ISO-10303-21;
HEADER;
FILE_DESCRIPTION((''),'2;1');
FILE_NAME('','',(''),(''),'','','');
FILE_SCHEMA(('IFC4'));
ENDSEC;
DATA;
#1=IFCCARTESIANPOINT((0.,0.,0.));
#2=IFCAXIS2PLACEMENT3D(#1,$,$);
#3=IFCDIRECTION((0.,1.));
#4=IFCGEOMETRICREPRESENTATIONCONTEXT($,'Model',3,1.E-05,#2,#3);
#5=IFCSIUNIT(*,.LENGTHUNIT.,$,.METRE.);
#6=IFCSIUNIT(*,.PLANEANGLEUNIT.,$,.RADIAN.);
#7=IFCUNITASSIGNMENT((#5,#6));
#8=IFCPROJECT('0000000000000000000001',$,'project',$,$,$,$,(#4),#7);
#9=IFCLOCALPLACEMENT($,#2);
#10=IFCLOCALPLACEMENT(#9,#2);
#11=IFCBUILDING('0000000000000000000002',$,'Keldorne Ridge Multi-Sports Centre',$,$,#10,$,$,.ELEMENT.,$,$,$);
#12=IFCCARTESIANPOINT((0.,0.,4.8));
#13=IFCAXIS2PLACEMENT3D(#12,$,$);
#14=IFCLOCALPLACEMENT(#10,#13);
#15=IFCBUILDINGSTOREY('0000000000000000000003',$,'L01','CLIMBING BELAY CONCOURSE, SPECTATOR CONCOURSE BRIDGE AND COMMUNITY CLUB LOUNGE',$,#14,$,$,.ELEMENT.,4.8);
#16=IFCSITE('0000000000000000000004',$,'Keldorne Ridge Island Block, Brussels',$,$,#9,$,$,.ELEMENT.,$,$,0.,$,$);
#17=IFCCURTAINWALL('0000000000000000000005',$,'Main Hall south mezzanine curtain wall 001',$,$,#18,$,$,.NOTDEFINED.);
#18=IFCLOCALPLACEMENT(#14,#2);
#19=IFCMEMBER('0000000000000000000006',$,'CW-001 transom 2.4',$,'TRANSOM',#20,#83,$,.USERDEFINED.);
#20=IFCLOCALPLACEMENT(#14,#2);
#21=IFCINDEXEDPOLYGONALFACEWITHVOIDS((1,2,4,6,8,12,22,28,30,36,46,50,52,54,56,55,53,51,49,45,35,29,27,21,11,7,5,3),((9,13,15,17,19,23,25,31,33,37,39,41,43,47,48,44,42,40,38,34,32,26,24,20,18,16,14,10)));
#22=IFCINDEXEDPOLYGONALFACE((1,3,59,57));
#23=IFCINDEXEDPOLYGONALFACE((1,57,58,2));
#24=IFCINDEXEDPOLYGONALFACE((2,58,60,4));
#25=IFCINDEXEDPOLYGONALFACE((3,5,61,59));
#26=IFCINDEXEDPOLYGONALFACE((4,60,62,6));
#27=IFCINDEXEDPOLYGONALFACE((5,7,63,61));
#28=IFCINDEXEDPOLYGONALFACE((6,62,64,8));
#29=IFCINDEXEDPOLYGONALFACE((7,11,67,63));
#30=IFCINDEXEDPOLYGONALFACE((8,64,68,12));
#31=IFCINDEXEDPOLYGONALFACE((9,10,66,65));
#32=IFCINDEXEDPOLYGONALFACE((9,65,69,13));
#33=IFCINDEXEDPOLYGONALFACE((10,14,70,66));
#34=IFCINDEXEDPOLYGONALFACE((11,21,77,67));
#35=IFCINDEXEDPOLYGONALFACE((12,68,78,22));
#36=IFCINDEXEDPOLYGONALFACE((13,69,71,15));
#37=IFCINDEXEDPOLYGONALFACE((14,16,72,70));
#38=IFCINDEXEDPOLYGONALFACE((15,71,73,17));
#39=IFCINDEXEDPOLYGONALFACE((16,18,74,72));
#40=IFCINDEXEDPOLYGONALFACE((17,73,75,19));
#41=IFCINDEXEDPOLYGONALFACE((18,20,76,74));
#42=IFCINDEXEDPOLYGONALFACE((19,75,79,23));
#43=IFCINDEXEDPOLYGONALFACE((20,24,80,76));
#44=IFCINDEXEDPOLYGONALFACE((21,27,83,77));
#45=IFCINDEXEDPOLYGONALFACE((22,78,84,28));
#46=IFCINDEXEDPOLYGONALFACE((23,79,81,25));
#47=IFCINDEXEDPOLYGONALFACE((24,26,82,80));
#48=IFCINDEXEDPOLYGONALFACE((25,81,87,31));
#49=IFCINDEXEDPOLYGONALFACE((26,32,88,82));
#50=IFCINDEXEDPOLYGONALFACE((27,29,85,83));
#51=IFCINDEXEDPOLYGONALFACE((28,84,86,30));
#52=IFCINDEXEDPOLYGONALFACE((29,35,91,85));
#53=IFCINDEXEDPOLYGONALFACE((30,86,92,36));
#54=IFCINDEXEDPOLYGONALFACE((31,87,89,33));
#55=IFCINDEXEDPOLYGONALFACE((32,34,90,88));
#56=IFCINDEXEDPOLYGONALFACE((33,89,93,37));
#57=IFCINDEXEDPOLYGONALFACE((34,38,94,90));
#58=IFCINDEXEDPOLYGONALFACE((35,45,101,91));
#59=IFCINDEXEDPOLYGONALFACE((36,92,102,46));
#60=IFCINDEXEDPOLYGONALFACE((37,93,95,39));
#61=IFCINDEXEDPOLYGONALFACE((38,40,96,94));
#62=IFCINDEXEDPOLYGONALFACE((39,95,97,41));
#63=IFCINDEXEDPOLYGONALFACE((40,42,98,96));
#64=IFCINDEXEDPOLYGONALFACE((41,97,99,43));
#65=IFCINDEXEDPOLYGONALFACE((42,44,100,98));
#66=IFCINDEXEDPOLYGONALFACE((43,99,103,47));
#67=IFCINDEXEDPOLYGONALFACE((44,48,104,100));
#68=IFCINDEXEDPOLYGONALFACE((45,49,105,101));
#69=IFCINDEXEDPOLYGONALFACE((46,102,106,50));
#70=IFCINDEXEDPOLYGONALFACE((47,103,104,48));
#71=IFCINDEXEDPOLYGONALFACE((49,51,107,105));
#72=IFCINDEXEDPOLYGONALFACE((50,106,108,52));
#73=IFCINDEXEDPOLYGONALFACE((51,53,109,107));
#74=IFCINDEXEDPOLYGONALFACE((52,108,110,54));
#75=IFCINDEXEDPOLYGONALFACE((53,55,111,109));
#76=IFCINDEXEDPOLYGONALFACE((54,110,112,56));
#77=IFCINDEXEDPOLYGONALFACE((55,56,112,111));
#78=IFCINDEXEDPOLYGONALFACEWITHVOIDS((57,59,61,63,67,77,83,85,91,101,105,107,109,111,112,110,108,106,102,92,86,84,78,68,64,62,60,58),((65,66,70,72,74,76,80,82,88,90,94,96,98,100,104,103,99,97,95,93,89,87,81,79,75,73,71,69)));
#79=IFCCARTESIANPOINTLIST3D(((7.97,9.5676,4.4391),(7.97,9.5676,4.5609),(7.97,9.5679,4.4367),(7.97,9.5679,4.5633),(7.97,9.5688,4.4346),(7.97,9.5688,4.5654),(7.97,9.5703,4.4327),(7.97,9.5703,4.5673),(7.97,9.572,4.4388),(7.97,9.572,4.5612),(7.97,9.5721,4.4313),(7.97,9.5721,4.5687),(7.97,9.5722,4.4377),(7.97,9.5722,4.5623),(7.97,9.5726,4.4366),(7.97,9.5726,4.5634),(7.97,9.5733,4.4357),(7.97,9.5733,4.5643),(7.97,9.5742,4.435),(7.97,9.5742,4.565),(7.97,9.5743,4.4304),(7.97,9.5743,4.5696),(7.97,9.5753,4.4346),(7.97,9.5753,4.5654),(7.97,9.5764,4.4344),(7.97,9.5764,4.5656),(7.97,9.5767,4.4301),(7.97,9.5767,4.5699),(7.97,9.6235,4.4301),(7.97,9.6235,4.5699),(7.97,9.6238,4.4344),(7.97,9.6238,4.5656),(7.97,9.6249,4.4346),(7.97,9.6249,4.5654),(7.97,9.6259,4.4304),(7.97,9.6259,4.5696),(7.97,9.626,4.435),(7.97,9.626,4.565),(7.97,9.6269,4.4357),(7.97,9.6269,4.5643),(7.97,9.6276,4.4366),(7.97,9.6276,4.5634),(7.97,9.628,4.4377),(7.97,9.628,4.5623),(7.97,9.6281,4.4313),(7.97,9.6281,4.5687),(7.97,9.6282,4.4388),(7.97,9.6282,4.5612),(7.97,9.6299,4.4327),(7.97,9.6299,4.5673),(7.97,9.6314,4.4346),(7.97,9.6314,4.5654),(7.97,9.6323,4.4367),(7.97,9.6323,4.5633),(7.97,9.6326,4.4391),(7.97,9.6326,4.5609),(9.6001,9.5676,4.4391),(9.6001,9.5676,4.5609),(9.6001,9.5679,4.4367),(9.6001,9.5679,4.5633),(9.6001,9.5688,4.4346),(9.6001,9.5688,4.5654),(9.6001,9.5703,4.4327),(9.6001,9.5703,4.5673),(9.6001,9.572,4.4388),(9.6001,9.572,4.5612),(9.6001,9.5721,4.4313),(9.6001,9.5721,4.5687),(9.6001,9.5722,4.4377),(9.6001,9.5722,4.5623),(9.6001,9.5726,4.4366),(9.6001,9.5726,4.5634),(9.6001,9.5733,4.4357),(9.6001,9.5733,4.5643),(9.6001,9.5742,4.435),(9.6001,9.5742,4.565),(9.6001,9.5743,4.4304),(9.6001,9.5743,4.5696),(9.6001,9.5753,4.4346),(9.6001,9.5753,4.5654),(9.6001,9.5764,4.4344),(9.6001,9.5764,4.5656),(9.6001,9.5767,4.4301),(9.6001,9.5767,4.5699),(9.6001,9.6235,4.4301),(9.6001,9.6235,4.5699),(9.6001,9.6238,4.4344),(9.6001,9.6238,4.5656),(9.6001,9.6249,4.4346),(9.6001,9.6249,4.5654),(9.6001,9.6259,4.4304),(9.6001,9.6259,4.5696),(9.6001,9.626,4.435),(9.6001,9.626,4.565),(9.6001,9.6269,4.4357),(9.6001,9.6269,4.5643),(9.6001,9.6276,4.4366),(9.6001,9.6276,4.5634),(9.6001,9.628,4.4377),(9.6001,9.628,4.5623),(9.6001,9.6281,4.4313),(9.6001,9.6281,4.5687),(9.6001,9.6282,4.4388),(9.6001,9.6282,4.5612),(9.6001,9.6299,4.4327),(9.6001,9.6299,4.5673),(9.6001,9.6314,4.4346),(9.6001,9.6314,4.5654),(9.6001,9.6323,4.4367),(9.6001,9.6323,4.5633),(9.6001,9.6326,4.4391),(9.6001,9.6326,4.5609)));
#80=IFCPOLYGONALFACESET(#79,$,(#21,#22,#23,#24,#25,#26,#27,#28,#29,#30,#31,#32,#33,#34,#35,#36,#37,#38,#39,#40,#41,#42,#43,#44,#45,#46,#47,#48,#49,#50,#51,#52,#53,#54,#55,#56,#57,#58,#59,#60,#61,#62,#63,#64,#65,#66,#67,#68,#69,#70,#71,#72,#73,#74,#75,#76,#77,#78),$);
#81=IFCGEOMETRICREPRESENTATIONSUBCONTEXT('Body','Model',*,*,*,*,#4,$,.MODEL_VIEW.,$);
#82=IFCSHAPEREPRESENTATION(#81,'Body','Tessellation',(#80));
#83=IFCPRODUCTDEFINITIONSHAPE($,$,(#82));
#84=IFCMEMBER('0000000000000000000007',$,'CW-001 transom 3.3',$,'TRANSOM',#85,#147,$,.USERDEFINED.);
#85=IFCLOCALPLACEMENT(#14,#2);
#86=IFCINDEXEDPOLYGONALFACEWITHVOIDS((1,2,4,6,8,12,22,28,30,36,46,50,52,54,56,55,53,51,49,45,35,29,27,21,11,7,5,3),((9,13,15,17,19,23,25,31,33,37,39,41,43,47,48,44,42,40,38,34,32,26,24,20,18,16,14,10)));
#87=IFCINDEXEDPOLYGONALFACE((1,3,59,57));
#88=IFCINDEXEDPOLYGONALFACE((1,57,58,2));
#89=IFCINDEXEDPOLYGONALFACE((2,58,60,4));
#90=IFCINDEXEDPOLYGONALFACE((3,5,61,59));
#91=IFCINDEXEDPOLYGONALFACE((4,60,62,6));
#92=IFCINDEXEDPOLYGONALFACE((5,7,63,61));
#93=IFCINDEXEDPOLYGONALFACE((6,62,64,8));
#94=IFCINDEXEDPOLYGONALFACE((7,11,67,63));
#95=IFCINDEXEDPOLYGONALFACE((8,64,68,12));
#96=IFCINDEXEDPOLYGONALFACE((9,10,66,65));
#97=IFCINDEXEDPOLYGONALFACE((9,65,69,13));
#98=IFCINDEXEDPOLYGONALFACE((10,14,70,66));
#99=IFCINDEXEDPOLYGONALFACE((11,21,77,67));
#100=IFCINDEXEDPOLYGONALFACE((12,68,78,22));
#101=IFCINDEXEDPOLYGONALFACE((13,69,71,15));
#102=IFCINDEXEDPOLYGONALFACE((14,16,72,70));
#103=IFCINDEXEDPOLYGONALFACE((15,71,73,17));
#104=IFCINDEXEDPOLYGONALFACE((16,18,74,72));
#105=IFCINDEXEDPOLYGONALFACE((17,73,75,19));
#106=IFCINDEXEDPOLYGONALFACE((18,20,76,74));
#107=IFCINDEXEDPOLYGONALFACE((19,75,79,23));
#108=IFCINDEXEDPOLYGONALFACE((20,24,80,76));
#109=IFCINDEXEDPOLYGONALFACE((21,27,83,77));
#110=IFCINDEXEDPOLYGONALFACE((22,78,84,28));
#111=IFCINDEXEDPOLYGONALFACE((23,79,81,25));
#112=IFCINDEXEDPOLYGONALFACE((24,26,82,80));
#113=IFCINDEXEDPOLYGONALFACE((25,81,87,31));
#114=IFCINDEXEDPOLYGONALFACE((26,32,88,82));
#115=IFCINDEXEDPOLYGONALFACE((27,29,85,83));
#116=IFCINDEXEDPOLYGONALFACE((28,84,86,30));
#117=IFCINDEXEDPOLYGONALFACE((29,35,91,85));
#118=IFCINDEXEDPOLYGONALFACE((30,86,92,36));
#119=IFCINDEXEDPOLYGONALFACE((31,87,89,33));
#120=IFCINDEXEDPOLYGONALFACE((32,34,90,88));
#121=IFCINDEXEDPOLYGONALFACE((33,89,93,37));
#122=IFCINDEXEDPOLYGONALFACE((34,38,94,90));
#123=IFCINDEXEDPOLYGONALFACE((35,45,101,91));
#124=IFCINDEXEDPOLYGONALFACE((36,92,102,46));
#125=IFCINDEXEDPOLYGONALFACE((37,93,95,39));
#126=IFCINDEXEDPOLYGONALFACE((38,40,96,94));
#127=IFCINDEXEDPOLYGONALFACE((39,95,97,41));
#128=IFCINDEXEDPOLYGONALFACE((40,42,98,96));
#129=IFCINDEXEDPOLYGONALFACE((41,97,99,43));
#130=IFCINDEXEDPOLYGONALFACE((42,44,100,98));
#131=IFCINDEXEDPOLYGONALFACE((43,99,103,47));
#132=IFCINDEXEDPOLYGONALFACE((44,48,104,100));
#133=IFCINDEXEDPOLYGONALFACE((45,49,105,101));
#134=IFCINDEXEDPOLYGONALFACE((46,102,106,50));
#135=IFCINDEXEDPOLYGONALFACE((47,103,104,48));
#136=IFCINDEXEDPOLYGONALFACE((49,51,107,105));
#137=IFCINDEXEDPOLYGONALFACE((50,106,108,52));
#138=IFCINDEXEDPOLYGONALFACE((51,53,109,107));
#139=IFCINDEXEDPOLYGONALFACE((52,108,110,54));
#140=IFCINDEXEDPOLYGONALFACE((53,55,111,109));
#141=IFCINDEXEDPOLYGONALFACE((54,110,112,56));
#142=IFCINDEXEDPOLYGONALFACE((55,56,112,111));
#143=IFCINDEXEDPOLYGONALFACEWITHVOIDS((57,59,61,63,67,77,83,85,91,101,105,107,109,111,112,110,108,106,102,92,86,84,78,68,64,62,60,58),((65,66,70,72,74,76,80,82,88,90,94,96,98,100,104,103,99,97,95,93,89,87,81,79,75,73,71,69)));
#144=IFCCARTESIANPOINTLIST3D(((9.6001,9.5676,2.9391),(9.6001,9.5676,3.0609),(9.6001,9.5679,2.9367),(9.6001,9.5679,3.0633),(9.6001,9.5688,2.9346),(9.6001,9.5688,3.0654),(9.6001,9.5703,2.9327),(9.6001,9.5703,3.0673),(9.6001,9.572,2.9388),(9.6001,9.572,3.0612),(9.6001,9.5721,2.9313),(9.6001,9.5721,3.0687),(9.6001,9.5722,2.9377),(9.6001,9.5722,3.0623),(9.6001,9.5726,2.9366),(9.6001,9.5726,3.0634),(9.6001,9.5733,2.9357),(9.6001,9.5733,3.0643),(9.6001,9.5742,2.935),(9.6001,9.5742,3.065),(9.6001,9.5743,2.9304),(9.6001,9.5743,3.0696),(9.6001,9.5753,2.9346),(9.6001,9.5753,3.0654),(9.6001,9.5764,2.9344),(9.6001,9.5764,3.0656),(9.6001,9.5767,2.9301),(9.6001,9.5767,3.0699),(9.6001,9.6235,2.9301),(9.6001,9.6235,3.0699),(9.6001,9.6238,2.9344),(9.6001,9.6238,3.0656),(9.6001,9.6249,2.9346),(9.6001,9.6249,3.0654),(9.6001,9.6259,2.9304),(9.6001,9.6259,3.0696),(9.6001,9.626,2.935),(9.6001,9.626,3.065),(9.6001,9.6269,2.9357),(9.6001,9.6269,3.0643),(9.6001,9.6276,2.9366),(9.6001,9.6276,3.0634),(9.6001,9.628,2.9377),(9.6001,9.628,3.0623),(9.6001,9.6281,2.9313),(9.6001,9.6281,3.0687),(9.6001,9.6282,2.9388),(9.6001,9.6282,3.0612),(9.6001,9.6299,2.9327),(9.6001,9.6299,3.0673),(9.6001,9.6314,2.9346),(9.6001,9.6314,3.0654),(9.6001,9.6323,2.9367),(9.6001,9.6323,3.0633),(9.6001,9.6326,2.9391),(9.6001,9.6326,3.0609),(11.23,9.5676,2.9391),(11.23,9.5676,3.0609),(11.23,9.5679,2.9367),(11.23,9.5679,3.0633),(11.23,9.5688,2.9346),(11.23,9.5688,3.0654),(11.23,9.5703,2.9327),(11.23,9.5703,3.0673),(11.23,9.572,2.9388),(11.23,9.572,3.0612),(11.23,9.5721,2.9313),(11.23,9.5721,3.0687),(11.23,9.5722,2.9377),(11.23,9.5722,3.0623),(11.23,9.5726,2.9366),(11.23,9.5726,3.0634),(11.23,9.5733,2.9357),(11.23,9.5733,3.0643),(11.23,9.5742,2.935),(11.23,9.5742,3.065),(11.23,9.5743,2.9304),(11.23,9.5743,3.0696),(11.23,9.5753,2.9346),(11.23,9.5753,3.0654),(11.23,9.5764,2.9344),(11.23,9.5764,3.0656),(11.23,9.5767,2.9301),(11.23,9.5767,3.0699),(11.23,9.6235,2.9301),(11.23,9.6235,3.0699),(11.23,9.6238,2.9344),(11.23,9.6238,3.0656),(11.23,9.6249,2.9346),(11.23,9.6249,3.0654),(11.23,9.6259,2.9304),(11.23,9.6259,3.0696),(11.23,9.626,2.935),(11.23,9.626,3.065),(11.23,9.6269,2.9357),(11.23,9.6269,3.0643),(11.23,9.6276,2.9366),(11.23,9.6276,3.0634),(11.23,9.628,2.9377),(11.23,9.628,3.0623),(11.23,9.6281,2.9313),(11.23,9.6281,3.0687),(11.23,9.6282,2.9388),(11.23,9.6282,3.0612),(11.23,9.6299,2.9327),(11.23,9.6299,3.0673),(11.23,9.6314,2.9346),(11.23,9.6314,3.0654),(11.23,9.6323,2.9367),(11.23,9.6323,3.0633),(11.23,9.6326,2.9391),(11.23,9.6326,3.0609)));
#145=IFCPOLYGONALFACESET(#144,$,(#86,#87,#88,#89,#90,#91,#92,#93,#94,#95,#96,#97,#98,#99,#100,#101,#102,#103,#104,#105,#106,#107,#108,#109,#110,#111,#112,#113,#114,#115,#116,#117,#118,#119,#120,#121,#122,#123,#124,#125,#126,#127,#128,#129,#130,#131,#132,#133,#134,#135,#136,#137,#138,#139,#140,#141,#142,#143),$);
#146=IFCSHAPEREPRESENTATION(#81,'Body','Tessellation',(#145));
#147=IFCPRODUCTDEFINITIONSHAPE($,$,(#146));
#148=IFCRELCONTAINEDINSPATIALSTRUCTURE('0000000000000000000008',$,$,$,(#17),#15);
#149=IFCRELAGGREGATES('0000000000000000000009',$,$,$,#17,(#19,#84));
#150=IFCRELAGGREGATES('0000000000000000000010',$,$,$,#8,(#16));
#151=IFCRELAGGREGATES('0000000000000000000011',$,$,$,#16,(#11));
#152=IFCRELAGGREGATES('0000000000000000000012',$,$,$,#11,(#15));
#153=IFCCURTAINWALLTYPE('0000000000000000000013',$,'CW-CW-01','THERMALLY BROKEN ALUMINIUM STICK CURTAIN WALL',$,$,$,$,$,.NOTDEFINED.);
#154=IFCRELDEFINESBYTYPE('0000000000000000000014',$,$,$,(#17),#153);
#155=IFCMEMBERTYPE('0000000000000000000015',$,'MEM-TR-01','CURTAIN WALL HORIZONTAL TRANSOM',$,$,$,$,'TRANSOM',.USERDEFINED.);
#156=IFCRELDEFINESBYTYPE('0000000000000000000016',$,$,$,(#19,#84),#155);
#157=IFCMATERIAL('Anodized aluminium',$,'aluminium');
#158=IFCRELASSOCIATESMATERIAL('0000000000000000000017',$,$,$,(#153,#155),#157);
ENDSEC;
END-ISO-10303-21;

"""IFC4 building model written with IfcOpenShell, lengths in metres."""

from ifc_helpers import new_model, si_unit, direction, frame, origin, origin_2d, place, context, subcontext, project, spatial, hollow_rectangle, extrude, material, material_profile, profile_set, type_object, element, aggregate, save


model = new_model("IFC4")

# Units and contexts
model_context = context("Model", 3, precision=1e-05, world=origin(), true_north=direction((0.0, 1.0)))
body_context = subcontext(model_context, "Body", "Model", "MODEL_VIEW")
ifc_project = project(units=[si_unit("LENGTHUNIT", "METRE"), si_unit("PLANEANGLEUNIT", "RADIAN")], contexts=[model_context])

# Site, building, storey
site_placement = place(None, origin())
site = spatial("IfcSite", under=ifc_project, at=site_placement, Name="Keldorne Ridge Island Block, Brussels", CompositionType="ELEMENT", RefElevation=0.0)
building_placement = place(site_placement, origin())
building = spatial("IfcBuilding", under=site, at=building_placement, Name="Keldorne Ridge Multi-Sports Centre", CompositionType="ELEMENT")
storey_placement = place(building_placement, frame((0.0, 0.0, 4.8)))
storey = spatial("IfcBuildingStorey", under=building, at=storey_placement, Name="L01", Description="CLIMBING BELAY CONCOURSE, SPECTATOR CONCOURSE BRIDGE AND COMMUNITY CLUB LOUNGE", CompositionType="ELEMENT", Elevation=4.8)

# Curtain wall, members
ifc_material_1 = material(Name="Anodized aluminium", Category="aluminium")
curtain_wall_type = type_object("IfcCurtainWallType", Name="CW-CW-01", Description="THERMALLY BROKEN ALUMINIUM STICK CURTAIN WALL", PredefinedType="NOTDEFINED", material=ifc_material_1)
curtain_wall_placement = place(storey_placement, origin())
curtain_wall = element("IfcCurtainWall", 1, at=curtain_wall_placement, inside=storey, type_object=curtain_wall_type, Name="Main Hall south mezzanine curtain wall 001", PredefinedType="NOTDEFINED")
ifc_material_profile_1 = material_profile(ifc_material_1, hollow_rectangle(XDim=0.0649, YDim=0.1399, WallThickness=0.0044, InnerFilletRadius=0.0044, OuterFilletRadius=0.009, at=origin_2d()), Name="ALU TRANSOM 140x65x4.5")
ifc_profile_set_1 = profile_set([ifc_material_profile_1], Name="Anodized aluminium")
member_type = type_object("IfcMemberType", Name="MEM-TR-01", Description="CURTAIN WALL HORIZONTAL TRANSOM", ElementType="TRANSOM", PredefinedType="USERDEFINED", material=ifc_profile_set_1)
member_1_placement = place(storey_placement, frame((7.97, 9.6001, 4.5), z_axis=(1.0, 0.0, 0.0), x_axis=(0.0, 1.0, 0.0)))
member_1 = element("IfcMember", 2, at=member_1_placement, type_object=member_type, Name="CW-001 transom 2.4", ObjectType="TRANSOM", PredefinedType="USERDEFINED", context=body_context, shape_type="SweptSolid", body=[
    extrude(hollow_rectangle(XDim=0.0649, YDim=0.1399, WallThickness=0.0044, InnerFilletRadius=0.0044, OuterFilletRadius=0.009, at=origin_2d()), origin(), (0.0, 0.0, 1.0), 1.6301),
])
member_2_placement = place(storey_placement, frame((9.6001, 9.6001, 3.0), z_axis=(1.0, 0.0, 0.0), x_axis=(0.0, 1.0, 0.0)))
member_2 = element("IfcMember", 3, at=member_2_placement, type_object=member_type, Name="CW-001 transom 3.3", ObjectType="TRANSOM", PredefinedType="USERDEFINED", context=body_context, shape_type="SweptSolid", body=[
    extrude(hollow_rectangle(XDim=0.0649, YDim=0.1399, WallThickness=0.0044, InnerFilletRadius=0.0044, OuterFilletRadius=0.009, at=origin_2d()), origin(), (0.0, 0.0, 1.0), 1.6299),
])
aggregate(curtain_wall, [member_1, member_2])

save(model, "model.ifc")
